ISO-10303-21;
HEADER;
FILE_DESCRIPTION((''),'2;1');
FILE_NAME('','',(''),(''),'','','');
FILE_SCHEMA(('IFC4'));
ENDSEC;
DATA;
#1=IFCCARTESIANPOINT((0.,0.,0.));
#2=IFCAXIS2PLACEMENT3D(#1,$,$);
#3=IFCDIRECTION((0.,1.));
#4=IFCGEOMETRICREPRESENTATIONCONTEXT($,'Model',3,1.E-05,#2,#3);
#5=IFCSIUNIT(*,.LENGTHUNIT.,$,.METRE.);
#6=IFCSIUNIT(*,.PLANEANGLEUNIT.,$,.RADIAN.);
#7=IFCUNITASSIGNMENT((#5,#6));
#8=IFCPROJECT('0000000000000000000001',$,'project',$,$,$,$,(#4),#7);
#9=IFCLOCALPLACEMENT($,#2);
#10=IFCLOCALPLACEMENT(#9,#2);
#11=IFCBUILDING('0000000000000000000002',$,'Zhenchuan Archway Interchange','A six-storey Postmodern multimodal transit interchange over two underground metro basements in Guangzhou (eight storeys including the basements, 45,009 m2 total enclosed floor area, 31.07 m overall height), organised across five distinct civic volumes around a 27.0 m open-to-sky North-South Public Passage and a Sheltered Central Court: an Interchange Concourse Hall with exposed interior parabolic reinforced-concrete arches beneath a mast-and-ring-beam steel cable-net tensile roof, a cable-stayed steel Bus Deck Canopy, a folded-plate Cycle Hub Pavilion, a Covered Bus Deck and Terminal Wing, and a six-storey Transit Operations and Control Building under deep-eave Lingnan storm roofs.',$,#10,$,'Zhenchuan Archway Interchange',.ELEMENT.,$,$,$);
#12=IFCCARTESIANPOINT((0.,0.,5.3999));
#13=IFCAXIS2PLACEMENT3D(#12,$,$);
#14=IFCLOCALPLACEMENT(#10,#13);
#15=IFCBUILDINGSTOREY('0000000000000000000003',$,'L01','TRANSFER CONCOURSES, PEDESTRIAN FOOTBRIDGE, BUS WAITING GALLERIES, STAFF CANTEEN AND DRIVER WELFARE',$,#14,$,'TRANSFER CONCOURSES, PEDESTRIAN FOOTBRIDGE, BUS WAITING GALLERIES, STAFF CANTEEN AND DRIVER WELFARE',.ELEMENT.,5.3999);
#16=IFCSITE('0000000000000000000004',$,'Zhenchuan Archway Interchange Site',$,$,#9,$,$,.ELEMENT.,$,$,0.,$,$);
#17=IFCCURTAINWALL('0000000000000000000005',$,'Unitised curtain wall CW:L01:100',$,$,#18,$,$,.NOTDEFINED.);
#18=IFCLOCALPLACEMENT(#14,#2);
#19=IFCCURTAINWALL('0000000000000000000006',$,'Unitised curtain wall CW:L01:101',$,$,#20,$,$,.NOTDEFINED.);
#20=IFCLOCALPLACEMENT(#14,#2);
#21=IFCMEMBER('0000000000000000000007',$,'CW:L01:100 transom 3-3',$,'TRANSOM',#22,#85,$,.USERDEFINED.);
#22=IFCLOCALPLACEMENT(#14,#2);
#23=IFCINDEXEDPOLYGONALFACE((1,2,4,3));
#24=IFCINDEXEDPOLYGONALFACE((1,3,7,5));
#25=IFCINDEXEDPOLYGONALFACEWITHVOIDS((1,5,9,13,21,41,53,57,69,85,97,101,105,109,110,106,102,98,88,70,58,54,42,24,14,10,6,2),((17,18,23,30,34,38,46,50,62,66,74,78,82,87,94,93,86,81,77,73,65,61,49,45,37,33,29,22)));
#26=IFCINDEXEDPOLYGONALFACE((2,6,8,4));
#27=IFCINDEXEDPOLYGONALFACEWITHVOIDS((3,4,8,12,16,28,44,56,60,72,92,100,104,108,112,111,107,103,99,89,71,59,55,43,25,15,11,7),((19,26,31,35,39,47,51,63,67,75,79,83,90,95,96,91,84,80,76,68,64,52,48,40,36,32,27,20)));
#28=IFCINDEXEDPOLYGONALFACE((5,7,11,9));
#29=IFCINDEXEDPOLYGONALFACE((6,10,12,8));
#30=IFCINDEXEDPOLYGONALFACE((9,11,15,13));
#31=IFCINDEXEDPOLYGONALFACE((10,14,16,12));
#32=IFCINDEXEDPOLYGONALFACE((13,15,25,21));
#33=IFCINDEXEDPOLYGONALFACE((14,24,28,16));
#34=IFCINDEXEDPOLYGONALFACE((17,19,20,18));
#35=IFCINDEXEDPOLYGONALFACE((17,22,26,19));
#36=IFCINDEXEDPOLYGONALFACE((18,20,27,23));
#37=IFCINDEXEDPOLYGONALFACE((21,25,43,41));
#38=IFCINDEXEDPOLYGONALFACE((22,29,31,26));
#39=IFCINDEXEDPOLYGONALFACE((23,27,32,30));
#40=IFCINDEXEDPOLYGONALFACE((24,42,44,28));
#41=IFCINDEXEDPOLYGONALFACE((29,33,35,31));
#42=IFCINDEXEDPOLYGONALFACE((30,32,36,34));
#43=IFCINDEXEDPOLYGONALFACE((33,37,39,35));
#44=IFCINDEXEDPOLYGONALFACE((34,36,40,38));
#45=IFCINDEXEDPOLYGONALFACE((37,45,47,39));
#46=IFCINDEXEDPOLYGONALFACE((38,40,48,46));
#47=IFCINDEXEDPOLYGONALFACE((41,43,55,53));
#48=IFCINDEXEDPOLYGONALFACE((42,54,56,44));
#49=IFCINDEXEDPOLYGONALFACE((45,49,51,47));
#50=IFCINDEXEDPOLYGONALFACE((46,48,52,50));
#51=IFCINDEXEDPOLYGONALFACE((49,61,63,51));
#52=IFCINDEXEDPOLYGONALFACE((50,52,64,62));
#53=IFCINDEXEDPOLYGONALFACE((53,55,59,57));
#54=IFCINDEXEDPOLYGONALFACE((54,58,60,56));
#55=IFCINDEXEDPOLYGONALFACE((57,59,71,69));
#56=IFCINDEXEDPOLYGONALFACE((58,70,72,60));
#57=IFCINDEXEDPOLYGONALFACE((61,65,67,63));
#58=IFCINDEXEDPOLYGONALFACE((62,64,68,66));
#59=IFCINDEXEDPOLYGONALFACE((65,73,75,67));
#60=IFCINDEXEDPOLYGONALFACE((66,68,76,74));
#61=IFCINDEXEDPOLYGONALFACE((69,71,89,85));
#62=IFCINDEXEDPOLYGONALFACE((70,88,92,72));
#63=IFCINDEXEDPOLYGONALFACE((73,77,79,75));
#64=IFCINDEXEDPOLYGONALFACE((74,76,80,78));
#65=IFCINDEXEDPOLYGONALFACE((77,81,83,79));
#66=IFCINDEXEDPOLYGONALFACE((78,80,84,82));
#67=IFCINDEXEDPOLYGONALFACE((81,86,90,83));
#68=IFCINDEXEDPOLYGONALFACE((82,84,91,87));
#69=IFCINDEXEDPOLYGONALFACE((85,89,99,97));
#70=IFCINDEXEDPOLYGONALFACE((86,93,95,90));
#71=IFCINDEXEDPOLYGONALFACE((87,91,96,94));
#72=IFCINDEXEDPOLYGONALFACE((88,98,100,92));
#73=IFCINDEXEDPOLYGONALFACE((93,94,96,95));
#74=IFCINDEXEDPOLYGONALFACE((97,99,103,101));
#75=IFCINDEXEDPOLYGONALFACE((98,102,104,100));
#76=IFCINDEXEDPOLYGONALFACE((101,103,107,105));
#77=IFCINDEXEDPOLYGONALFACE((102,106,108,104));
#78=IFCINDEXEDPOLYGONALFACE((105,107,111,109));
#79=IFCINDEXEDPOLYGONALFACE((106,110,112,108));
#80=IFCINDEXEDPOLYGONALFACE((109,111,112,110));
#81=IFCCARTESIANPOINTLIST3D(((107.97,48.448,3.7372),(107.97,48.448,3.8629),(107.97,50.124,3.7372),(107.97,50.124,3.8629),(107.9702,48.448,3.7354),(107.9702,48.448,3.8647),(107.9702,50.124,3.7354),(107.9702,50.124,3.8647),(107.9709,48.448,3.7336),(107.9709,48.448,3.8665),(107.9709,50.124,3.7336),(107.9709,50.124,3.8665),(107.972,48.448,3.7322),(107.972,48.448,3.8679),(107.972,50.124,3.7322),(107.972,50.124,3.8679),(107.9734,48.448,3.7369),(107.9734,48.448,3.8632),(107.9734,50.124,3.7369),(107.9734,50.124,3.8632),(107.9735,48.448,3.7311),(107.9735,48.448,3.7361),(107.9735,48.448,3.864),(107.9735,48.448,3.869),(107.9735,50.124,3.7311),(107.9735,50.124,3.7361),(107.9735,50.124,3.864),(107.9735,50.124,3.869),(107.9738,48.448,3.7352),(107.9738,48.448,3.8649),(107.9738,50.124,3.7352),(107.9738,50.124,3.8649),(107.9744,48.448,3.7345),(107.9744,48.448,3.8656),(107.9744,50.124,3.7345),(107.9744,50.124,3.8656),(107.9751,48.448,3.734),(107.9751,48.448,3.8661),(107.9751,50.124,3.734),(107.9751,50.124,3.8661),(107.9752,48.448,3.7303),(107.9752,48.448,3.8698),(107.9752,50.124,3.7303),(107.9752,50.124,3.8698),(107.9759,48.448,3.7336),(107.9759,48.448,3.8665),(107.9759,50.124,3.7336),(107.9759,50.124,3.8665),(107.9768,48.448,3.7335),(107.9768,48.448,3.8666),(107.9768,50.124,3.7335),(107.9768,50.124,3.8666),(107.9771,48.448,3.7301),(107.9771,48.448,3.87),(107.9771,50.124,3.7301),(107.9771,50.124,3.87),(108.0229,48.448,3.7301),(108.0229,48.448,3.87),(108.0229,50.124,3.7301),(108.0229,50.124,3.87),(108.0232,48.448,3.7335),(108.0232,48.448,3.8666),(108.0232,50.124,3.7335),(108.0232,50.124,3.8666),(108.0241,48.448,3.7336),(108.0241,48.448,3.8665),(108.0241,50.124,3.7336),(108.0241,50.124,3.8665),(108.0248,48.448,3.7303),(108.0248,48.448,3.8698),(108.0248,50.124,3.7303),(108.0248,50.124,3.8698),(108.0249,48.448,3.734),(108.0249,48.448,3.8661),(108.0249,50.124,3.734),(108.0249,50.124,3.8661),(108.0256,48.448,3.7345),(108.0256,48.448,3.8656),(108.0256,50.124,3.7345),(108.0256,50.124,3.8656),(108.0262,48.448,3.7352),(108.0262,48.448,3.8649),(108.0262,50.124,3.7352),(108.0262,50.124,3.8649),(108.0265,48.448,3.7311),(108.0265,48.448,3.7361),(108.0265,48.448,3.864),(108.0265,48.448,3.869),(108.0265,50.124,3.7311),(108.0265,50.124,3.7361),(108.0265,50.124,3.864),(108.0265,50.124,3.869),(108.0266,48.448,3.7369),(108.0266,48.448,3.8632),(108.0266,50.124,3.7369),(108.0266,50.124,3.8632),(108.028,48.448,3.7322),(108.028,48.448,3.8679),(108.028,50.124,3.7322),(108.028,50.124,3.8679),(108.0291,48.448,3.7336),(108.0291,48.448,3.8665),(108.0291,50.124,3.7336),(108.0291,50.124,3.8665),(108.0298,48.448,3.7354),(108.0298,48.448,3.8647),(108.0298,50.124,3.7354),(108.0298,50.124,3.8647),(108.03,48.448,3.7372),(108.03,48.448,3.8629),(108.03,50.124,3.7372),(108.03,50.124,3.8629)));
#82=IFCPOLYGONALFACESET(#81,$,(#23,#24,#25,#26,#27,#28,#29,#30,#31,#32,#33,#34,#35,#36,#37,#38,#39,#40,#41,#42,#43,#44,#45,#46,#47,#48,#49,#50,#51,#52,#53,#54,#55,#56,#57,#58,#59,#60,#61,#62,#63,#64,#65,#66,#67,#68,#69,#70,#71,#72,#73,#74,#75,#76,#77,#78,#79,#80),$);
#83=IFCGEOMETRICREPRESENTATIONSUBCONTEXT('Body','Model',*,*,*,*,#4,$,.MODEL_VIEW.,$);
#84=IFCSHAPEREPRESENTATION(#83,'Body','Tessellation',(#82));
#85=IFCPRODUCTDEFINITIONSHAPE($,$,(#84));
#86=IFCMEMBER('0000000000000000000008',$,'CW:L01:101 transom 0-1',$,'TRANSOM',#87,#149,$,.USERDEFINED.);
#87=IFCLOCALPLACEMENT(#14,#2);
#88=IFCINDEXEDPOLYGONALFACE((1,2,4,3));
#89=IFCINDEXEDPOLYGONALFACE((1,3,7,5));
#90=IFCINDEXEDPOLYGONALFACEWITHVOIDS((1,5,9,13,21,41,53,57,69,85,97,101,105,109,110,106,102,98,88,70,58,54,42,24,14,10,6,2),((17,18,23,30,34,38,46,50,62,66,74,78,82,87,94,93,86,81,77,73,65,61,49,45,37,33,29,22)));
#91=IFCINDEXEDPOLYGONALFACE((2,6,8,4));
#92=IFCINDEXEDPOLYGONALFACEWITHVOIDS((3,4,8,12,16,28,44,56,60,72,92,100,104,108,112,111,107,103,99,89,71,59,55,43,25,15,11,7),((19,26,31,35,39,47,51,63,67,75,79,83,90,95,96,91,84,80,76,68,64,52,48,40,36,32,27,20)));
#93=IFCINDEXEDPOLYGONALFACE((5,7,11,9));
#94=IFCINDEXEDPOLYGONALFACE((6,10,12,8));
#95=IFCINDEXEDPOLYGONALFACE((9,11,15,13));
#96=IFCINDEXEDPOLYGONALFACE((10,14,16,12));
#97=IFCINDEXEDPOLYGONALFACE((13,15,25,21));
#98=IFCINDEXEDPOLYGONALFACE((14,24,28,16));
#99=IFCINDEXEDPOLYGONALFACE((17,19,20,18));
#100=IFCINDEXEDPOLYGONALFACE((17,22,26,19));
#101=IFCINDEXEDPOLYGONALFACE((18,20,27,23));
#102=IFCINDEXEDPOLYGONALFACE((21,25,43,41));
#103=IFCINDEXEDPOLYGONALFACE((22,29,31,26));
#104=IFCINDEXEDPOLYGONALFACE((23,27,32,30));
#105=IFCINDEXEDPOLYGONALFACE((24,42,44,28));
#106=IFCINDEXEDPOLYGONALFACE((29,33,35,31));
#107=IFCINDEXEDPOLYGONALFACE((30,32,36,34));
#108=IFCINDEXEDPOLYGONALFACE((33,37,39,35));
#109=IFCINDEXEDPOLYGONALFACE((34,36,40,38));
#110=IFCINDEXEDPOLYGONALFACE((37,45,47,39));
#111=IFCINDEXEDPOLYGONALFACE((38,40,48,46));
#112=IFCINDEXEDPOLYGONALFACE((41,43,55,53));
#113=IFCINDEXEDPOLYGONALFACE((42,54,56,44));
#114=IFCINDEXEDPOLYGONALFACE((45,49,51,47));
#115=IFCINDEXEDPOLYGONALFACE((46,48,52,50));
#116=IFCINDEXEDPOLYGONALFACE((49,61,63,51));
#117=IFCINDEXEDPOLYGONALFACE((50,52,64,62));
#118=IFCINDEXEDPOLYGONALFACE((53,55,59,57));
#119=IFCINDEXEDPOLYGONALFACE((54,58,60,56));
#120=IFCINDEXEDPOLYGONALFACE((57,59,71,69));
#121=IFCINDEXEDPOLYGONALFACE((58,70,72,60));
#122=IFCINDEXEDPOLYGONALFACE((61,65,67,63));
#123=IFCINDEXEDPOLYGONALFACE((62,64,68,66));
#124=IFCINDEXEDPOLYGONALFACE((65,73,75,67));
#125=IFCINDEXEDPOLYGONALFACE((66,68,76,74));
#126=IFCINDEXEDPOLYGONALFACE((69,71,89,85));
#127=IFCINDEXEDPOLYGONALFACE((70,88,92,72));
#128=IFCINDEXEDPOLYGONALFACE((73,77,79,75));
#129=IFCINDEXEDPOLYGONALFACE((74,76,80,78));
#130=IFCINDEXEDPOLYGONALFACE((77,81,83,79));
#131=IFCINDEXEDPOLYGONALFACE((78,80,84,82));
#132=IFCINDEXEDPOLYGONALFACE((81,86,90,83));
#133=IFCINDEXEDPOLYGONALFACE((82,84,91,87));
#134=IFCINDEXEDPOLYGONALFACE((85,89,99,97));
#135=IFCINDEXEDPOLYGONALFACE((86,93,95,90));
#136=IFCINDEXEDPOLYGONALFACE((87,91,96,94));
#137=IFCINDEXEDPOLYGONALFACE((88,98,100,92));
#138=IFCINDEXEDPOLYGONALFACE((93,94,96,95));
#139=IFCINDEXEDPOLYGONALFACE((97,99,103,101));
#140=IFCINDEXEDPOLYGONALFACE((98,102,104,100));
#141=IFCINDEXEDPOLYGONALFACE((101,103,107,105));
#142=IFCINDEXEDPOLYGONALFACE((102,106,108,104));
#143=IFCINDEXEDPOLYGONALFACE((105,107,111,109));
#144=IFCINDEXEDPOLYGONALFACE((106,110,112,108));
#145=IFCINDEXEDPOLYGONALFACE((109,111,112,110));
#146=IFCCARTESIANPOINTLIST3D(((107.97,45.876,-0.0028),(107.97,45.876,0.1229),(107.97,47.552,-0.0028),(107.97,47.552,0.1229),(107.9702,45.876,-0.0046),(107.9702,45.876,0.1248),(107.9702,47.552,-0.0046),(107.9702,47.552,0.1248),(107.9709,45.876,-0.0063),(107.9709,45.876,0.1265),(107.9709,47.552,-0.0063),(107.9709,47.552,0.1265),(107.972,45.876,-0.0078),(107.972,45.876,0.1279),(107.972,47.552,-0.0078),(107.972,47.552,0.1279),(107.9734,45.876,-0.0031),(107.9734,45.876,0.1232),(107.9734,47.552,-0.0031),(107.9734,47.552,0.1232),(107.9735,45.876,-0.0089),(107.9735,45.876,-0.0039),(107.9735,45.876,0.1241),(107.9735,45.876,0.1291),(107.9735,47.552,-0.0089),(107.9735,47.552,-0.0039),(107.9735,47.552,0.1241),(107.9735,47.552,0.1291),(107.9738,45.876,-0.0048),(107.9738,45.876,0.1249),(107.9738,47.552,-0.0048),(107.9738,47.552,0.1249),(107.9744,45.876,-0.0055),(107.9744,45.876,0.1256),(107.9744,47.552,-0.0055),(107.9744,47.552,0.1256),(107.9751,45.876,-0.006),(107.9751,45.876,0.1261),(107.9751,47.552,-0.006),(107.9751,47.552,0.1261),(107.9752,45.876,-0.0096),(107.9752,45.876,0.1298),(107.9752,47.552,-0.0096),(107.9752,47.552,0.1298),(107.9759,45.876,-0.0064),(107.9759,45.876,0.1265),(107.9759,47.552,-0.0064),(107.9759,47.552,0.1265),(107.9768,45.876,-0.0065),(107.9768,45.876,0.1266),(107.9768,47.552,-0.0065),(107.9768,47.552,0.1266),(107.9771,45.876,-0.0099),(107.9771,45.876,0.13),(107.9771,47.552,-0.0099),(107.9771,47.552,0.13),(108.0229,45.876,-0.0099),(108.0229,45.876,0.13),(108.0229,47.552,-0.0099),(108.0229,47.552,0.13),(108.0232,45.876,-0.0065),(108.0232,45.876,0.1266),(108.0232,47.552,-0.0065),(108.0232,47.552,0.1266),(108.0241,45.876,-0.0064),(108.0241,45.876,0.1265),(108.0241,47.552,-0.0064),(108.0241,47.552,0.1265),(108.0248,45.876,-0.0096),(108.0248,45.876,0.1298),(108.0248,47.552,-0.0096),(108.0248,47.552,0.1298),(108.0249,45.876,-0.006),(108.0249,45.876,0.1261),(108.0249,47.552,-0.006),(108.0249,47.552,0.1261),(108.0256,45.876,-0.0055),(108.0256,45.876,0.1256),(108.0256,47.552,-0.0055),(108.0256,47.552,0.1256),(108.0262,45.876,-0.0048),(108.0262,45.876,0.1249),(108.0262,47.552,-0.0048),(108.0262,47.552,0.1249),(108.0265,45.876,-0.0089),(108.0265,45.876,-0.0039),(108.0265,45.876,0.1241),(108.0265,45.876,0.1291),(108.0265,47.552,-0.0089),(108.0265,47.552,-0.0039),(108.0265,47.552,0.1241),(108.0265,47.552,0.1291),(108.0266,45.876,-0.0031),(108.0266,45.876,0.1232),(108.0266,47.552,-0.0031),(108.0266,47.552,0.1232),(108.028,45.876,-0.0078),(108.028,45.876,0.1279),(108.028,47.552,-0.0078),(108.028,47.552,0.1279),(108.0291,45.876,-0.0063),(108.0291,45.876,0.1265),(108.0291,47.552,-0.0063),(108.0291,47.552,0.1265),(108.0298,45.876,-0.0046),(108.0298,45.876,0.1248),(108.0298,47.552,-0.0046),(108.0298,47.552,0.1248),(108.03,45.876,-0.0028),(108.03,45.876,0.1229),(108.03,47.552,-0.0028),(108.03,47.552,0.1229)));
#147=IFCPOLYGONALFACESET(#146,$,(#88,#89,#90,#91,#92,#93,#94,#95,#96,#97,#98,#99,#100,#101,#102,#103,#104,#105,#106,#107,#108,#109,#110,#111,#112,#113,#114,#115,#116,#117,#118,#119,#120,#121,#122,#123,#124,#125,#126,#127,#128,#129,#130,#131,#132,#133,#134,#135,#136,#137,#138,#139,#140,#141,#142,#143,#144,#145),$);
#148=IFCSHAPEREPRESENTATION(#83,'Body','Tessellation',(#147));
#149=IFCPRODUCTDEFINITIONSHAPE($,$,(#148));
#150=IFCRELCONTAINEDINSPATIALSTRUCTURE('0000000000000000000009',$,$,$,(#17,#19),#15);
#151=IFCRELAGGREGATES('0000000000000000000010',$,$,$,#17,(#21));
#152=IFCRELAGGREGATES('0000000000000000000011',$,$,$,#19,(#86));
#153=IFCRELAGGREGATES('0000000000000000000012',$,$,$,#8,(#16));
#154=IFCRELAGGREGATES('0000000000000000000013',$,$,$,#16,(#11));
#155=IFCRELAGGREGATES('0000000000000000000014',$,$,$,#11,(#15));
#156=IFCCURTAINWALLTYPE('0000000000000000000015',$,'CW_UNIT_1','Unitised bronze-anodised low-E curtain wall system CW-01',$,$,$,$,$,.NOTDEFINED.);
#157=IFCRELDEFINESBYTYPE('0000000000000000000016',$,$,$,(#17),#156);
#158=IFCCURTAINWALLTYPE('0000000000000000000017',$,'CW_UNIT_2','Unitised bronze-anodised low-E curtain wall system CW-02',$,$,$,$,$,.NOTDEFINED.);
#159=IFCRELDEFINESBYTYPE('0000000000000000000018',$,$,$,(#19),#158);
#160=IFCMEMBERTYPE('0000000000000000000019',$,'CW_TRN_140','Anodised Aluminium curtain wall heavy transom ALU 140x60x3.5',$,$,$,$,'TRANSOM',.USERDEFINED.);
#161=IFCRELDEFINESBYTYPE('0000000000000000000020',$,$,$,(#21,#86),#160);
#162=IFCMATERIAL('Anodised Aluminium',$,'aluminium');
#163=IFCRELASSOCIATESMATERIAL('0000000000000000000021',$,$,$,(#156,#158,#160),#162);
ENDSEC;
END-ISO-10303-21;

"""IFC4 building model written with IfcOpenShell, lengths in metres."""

from ifc_helpers import new_model, si_unit, direction, frame, origin, origin_2d, place, context, subcontext, project, spatial, hollow_rectangle, extrude, material, material_profile, profile_set, type_object, element, aggregate, save


model = new_model("IFC4")

# Units and contexts
model_context = context("Model", 3, precision=1e-05, world=origin(), true_north=direction((0.0, 1.0)))
body_context = subcontext(model_context, "Body", "Model", "MODEL_VIEW")
ifc_project = project(units=[si_unit("LENGTHUNIT", "METRE"), si_unit("PLANEANGLEUNIT", "RADIAN")], contexts=[model_context])

# Site, building, storey
site_placement = place(None, origin())
site = spatial("IfcSite", under=ifc_project, at=site_placement, Name="Zhenchuan Archway Interchange Site", CompositionType="ELEMENT", RefElevation=0.0)
building_placement = place(site_placement, origin())
building = spatial("IfcBuilding", under=site, at=building_placement, Name="Zhenchuan Archway Interchange", Description="A six-storey Postmodern multimodal transit interchange over two underground metro basements in Guangzhou (eight storeys including the basements, 45,009 m2 total enclosed floor area, 31.07 m overall height), organised across five distinct civic volumes around a 27.0 m open-to-sky North-South Public Passage and a Sheltered Central Court: an Interchange Concourse Hall with exposed interior parabolic reinforced-concrete arches beneath a mast-and-ring-beam steel cable-net tensile roof, a cable-stayed steel Bus Deck Canopy, a folded-plate Cycle Hub Pavilion, a Covered Bus Deck and Terminal Wing, and a six-storey Transit Operations and Control Building under deep-eave Lingnan storm roofs.", LongName="Zhenchuan Archway Interchange", CompositionType="ELEMENT")
storey_placement = place(building_placement, frame((0.0, 0.0, 5.3999)))
storey = spatial("IfcBuildingStorey", under=building, at=storey_placement, Name="L01", Description="TRANSFER CONCOURSES, PEDESTRIAN FOOTBRIDGE, BUS WAITING GALLERIES, STAFF CANTEEN AND DRIVER WELFARE", LongName="TRANSFER CONCOURSES, PEDESTRIAN FOOTBRIDGE, BUS WAITING GALLERIES, STAFF CANTEEN AND DRIVER WELFARE", CompositionType="ELEMENT", Elevation=5.3999)

# Shared definitions
ifc_material_1 = material(Name="Anodised Aluminium", Category="aluminium")

# Curtain wall
curtain_wall_type_1 = type_object("IfcCurtainWallType", Name="CW_UNIT_1", Description="Unitised bronze-anodised low-E curtain wall system CW-01", PredefinedType="NOTDEFINED", material=ifc_material_1)
curtain_wall_1_placement = place(storey_placement, origin())
curtain_wall_1 = element("IfcCurtainWall", 1, at=curtain_wall_1_placement, inside=storey, type_object=curtain_wall_type_1, Name="Unitised curtain wall CW:L01:100", PredefinedType="NOTDEFINED")

# Curtain wall
curtain_wall_type_2 = type_object("IfcCurtainWallType", Name="CW_UNIT_2", Description="Unitised bronze-anodised low-E curtain wall system CW-02", PredefinedType="NOTDEFINED", material=ifc_material_1)
curtain_wall_2_placement = place(storey_placement, origin())
curtain_wall_2 = element("IfcCurtainWall", 2, at=curtain_wall_2_placement, inside=storey, type_object=curtain_wall_type_2, Name="Unitised curtain wall CW:L01:101", PredefinedType="NOTDEFINED")

# Members
ifc_material_profile_1 = material_profile(ifc_material_1, hollow_rectangle(XDim=0.0601, YDim=0.1399, WallThickness=0.0034, InnerFilletRadius=0.0034, OuterFilletRadius=0.0071, at=origin_2d()), Name="ALU 140x60x3.5")
ifc_profile_set_1 = profile_set([ifc_material_profile_1], Name="Anodised Aluminium")
member_type_1 = type_object("IfcMemberType", Name="CW_TRN_140", Description="Anodised Aluminium curtain wall heavy transom ALU 140x60x3.5", ElementType="TRANSOM", PredefinedType="USERDEFINED", material=ifc_profile_set_1)
member_1_placement = place(storey_placement, frame((108.0, 50.124, 3.8), z_axis=(0.0, -1.0, 0.0), x_axis=(1.0, 0.0, 0.0)))
member_1 = element("IfcMember", 3, at=member_1_placement, type_object=member_type_1, Name="CW:L01:100 transom 3-3", ObjectType="TRANSOM", PredefinedType="USERDEFINED", context=body_context, shape_type="SweptSolid", body=[
    extrude(hollow_rectangle(XDim=0.0601, YDim=0.1399, WallThickness=0.0034, InnerFilletRadius=0.0034, OuterFilletRadius=0.0071, at=origin_2d()), origin(), (0.0, 0.0, 1.0), 1.676),
])
member_2_placement = place(storey_placement, frame((108.0, 47.552, 0.0601), z_axis=(0.0, -1.0, 0.0), x_axis=(1.0, 0.0, 0.0)))
member_2 = element("IfcMember", 4, at=member_2_placement, type_object=member_type_1, Name="CW:L01:101 transom 0-1", ObjectType="TRANSOM", PredefinedType="USERDEFINED", context=body_context, shape_type="SweptSolid", body=[
    extrude(hollow_rectangle(XDim=0.0601, YDim=0.1399, WallThickness=0.0034, InnerFilletRadius=0.0034, OuterFilletRadius=0.0071, at=origin_2d()), origin(), (0.0, 0.0, 1.0), 1.676),
])

aggregate(curtain_wall_1, [member_1])
aggregate(curtain_wall_2, [member_2])

save(model, "model.ifc")
